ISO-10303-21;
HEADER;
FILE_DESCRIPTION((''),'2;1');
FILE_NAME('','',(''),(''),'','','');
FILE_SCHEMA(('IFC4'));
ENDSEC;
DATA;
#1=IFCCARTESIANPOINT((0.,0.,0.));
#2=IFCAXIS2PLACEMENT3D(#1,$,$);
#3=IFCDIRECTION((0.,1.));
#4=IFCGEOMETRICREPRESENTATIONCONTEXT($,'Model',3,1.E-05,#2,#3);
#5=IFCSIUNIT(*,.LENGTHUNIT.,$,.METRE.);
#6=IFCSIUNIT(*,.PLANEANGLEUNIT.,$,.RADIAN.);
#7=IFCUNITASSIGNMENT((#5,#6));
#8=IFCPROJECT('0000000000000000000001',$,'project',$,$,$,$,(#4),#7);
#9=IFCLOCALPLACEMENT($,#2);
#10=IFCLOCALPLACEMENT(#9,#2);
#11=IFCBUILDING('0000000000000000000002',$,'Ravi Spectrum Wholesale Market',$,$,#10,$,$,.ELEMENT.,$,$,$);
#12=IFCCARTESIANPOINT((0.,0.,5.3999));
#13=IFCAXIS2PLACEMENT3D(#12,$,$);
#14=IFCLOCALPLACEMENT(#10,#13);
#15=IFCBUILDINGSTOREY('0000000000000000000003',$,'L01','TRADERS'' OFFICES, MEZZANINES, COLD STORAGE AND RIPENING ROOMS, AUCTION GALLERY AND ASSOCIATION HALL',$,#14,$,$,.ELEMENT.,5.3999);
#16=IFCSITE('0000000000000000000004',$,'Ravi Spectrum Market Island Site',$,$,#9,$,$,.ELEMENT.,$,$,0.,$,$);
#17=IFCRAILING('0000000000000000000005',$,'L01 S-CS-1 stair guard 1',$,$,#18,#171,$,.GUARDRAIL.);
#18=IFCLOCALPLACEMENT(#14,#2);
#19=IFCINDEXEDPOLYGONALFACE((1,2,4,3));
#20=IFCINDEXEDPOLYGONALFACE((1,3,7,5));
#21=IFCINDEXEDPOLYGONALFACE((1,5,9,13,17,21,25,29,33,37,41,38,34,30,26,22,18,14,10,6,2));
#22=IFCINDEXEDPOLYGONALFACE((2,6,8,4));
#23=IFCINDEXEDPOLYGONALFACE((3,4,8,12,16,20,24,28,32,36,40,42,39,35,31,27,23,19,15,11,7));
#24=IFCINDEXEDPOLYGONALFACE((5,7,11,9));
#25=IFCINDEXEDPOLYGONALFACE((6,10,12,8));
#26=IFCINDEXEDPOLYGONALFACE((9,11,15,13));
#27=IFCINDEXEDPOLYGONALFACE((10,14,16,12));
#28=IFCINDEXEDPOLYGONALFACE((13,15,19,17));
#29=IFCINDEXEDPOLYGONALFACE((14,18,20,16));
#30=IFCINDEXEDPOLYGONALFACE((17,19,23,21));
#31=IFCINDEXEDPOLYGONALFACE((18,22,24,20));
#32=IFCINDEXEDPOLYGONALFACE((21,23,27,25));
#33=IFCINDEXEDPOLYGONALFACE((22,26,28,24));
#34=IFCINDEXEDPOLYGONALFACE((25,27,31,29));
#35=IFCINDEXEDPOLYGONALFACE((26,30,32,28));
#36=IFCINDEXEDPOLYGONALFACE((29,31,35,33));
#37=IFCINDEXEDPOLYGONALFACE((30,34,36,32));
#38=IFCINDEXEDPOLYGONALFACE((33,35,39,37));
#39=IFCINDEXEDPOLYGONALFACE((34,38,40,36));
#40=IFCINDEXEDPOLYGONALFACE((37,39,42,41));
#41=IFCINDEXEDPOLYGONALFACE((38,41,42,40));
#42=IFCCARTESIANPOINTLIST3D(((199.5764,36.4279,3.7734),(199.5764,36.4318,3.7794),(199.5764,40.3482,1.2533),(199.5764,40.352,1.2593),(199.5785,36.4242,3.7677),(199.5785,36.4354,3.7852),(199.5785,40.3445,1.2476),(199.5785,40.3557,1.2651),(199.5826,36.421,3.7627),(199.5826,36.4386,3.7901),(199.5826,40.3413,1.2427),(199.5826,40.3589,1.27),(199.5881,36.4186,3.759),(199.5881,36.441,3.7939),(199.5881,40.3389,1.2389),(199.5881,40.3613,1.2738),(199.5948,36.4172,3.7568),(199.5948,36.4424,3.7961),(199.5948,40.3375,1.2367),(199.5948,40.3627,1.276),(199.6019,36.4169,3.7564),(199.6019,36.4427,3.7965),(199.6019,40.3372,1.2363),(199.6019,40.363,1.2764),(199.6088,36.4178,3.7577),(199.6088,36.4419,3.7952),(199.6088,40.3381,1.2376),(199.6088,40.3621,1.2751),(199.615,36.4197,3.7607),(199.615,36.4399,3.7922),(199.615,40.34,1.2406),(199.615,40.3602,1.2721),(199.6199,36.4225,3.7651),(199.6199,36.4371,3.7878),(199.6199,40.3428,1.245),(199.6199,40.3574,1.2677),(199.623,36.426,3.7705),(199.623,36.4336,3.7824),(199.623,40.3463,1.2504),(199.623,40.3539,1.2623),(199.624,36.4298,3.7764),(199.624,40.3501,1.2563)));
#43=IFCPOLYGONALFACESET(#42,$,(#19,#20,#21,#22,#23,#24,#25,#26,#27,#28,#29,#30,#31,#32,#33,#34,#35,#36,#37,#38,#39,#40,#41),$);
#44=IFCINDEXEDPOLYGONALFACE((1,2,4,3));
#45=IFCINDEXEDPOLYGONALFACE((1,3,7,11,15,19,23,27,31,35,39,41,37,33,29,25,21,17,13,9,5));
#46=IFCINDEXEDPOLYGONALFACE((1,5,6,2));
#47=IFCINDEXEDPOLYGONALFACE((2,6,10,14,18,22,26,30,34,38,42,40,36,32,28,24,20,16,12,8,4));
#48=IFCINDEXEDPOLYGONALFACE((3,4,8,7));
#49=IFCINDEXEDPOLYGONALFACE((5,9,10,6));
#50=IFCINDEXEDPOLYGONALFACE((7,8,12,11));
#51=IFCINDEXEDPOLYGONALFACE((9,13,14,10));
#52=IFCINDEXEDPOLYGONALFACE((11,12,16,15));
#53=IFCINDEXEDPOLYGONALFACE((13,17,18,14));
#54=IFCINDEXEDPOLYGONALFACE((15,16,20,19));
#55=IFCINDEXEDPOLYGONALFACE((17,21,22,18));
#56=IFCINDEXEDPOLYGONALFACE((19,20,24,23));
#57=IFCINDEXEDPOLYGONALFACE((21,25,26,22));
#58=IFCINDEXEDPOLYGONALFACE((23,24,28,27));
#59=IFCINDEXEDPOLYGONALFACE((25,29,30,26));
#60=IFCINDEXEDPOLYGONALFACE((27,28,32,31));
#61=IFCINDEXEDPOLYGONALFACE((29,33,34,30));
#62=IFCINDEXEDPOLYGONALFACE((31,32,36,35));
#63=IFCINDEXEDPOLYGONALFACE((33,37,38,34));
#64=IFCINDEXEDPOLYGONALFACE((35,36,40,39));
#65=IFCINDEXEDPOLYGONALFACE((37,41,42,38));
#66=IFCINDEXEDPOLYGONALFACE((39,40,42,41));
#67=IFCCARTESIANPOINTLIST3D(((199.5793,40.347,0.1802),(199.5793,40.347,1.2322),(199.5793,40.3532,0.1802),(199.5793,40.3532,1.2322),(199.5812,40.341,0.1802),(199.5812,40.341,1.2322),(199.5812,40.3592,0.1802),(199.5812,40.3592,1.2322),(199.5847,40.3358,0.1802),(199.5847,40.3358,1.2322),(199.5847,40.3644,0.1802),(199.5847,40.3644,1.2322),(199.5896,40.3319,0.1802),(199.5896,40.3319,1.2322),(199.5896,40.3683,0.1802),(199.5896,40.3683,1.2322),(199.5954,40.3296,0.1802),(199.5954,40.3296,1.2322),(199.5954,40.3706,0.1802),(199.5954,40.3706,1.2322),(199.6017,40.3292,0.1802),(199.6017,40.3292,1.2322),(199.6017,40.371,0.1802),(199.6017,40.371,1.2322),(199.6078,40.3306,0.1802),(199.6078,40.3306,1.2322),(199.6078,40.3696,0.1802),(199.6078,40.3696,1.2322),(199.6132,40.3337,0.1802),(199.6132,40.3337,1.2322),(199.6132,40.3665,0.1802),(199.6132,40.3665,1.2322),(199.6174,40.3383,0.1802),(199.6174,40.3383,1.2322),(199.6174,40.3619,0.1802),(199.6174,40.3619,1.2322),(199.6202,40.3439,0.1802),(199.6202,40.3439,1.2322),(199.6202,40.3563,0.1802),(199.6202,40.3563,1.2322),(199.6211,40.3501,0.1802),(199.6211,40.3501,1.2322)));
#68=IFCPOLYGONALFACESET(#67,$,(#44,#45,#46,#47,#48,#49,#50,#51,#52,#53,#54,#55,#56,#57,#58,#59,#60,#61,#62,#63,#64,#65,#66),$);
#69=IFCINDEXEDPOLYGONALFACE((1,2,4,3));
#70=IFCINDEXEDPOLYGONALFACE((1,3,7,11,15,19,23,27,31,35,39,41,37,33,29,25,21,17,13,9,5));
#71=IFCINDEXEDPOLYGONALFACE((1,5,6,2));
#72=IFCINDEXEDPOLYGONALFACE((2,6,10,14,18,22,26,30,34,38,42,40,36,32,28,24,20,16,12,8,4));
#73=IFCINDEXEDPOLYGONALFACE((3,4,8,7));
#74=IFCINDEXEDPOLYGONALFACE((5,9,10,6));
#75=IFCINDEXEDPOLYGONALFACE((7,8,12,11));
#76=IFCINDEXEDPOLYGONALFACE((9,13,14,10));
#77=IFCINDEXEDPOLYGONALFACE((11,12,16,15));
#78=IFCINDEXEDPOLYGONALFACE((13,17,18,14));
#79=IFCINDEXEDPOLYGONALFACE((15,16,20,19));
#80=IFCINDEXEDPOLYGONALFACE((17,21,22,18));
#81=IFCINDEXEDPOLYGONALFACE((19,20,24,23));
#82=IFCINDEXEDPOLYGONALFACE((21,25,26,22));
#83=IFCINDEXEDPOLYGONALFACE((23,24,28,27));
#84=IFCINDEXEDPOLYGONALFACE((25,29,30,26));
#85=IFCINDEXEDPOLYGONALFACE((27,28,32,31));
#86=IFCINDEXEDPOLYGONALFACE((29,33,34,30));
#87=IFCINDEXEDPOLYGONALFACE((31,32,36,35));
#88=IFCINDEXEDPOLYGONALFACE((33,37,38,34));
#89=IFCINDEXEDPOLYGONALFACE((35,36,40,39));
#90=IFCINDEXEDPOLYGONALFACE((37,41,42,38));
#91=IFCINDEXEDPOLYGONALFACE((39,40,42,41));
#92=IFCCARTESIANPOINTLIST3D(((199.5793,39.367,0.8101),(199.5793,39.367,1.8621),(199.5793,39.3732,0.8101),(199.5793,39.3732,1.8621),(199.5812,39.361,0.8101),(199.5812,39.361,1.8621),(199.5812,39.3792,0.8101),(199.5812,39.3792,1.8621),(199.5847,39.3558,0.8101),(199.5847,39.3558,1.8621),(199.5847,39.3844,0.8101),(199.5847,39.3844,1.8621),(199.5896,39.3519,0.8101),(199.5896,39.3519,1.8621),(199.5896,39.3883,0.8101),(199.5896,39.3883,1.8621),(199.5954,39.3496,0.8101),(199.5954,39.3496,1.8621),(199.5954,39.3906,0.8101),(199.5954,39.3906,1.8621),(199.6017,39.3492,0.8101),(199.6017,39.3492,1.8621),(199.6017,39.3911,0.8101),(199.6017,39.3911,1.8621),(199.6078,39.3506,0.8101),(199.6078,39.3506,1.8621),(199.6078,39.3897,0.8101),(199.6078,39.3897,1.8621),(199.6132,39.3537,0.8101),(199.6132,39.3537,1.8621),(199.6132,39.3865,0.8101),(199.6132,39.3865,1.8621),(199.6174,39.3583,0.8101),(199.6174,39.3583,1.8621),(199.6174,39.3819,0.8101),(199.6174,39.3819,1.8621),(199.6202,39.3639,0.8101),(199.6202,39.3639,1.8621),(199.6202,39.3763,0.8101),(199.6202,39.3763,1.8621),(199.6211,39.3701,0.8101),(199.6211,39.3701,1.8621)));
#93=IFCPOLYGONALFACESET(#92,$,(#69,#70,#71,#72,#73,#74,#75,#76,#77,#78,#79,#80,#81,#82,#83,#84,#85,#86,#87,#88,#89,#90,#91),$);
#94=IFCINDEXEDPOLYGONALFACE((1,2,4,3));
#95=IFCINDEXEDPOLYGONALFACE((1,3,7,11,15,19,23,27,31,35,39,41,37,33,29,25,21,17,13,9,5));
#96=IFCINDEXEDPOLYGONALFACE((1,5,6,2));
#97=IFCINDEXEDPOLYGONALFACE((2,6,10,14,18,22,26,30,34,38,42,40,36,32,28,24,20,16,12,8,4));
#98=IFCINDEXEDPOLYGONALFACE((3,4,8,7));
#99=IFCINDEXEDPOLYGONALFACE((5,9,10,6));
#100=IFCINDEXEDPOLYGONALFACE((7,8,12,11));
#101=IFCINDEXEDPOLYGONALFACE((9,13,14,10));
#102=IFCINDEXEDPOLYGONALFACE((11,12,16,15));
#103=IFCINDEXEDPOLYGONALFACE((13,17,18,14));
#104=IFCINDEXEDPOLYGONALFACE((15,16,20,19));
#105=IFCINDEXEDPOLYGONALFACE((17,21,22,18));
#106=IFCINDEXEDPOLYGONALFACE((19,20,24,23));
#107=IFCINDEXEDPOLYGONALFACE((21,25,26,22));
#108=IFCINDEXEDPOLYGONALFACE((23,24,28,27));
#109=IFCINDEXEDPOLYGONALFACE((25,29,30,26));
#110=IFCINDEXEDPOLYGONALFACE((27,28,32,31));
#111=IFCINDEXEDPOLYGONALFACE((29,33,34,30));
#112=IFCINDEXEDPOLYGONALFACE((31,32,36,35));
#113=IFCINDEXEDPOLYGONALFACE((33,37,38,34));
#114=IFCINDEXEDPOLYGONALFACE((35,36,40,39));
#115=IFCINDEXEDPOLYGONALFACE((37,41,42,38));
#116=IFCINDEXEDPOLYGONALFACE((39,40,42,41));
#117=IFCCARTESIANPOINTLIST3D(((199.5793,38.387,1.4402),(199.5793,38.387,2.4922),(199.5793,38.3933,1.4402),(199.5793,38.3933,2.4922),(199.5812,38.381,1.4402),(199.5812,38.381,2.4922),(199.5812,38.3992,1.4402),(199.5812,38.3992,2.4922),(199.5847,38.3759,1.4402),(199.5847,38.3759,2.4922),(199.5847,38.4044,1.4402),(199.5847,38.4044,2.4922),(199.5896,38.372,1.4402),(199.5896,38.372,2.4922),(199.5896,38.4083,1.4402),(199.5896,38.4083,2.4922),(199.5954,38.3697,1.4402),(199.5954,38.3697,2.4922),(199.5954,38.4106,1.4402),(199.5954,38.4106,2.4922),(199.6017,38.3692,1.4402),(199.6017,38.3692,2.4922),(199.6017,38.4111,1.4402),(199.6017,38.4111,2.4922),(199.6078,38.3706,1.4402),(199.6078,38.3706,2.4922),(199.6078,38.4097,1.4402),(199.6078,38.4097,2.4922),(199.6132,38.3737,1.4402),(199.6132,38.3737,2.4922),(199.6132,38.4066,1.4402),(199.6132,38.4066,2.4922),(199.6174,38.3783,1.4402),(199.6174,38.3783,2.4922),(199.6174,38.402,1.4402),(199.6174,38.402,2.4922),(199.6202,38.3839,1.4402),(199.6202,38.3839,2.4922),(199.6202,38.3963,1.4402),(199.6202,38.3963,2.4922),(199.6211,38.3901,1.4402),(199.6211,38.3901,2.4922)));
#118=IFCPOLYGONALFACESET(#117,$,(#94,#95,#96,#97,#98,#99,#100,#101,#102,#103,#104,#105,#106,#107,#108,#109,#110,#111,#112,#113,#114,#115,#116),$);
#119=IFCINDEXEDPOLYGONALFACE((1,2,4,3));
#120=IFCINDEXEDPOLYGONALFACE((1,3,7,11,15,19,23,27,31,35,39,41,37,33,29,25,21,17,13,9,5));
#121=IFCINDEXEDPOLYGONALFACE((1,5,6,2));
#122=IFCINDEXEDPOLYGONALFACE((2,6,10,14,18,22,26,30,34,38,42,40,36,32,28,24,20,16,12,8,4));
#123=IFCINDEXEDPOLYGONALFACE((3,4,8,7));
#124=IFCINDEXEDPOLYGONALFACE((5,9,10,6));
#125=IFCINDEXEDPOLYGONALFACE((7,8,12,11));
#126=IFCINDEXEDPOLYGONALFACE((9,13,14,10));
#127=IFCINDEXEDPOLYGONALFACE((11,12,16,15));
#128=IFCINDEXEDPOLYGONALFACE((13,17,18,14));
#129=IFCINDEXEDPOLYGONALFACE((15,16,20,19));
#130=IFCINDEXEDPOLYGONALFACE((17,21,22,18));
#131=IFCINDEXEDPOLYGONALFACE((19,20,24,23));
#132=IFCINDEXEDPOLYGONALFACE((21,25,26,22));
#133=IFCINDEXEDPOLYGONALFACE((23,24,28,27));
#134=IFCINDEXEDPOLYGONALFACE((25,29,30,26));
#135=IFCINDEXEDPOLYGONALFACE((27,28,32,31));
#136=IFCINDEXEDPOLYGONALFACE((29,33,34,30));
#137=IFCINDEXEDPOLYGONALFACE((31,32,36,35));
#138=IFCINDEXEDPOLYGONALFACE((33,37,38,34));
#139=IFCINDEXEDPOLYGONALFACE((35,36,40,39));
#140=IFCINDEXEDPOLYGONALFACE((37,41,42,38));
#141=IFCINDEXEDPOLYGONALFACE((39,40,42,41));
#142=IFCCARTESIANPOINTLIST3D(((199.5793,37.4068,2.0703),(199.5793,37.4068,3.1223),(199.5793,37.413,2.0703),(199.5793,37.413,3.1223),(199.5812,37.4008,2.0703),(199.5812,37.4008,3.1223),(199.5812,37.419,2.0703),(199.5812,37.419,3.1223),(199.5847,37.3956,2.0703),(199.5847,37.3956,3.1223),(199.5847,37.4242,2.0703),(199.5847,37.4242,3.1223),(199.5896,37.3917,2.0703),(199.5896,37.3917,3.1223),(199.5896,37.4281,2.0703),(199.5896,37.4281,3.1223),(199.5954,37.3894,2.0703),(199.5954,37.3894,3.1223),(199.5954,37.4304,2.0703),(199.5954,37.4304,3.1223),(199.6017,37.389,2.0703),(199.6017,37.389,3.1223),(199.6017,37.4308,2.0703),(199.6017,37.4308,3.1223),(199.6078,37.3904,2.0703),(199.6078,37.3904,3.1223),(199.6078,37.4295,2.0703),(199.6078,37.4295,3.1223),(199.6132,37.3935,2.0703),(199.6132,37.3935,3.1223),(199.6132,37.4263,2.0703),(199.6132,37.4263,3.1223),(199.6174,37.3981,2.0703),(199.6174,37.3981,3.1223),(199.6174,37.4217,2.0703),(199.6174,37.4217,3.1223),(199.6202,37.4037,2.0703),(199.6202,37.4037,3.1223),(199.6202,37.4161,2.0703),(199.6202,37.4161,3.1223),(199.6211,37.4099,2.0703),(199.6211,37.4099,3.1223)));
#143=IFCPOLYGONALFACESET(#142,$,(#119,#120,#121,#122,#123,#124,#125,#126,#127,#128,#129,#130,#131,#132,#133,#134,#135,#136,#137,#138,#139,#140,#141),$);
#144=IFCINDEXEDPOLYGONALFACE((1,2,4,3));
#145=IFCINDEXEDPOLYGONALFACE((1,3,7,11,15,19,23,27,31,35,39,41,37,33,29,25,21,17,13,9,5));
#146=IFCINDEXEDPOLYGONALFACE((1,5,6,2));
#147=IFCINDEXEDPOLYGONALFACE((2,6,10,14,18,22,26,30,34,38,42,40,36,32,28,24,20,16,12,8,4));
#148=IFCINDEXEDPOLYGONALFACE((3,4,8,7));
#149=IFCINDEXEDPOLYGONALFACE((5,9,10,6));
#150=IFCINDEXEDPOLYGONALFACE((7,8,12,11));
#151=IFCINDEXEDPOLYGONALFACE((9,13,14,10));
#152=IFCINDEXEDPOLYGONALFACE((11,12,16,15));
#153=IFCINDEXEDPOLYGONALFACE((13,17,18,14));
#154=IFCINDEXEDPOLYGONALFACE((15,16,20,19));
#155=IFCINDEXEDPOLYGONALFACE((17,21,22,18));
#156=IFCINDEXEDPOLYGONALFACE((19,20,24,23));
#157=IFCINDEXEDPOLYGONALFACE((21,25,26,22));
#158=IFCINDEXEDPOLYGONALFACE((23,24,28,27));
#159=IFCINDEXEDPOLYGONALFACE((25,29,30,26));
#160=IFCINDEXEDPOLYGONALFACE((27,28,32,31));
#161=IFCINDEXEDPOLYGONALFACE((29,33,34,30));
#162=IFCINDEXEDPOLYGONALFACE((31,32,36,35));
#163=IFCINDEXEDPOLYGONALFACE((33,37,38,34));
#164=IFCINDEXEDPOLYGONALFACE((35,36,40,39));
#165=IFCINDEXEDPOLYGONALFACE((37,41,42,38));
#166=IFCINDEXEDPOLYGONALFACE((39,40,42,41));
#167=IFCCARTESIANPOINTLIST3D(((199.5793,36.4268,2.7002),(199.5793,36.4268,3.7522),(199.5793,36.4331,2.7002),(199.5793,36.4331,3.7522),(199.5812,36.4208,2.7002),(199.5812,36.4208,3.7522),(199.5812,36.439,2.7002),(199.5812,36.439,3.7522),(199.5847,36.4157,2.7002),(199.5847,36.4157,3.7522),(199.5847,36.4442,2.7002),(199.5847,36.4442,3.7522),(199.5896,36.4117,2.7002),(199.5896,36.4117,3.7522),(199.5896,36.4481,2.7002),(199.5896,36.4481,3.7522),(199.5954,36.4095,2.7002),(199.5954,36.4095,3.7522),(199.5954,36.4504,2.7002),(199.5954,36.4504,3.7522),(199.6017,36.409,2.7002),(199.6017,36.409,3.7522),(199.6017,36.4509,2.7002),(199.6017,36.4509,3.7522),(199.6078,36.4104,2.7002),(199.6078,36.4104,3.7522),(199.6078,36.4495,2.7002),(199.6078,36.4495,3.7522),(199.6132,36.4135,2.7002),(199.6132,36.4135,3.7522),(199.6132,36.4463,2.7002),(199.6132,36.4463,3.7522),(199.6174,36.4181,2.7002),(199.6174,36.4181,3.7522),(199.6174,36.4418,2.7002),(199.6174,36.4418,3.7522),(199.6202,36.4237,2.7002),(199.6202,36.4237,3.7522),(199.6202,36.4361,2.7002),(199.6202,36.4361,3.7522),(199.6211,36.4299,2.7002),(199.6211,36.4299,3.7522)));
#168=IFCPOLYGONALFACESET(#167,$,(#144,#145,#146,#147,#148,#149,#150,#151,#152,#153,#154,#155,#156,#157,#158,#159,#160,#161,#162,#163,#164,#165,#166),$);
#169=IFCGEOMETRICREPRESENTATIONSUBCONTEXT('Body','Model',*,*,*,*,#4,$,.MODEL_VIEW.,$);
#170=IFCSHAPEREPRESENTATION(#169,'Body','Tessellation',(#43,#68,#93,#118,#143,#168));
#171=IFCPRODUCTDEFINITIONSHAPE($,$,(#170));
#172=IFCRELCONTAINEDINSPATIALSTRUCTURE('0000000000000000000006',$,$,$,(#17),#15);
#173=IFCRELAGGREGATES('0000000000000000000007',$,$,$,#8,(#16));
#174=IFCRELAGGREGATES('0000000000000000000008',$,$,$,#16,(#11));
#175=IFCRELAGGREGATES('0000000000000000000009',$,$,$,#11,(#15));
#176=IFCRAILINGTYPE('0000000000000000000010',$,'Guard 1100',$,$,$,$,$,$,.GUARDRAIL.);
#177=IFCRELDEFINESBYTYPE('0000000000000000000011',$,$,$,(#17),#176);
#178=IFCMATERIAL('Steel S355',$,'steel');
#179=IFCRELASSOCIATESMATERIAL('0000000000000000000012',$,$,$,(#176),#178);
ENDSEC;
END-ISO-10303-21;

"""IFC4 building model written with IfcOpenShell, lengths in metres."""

from ifc_helpers import new_model, si_unit, direction, frame, origin, origin_2d, place, context, subcontext, project, spatial, circle, extrude, material, type_object, element, save


model = new_model("IFC4")

# Units and contexts
model_context = context("Model", 3, precision=1e-05, world=origin(), true_north=direction((0.0, 1.0)))
body_context = subcontext(model_context, "Body", "Model", "MODEL_VIEW")
ifc_project = project(units=[si_unit("LENGTHUNIT", "METRE"), si_unit("PLANEANGLEUNIT", "RADIAN")], contexts=[model_context])

# Site, building, storey
site_placement = place(None, origin())
site = spatial("IfcSite", under=ifc_project, at=site_placement, Name="Ravi Spectrum Market Island Site", CompositionType="ELEMENT", RefElevation=0.0)
building_placement = place(site_placement, origin())
building = spatial("IfcBuilding", under=site, at=building_placement, Name="Ravi Spectrum Wholesale Market", CompositionType="ELEMENT")
storey_placement = place(building_placement, frame((0.0, 0.0, 5.3999)))
storey = spatial("IfcBuildingStorey", under=building, at=storey_placement, Name="L01", Description="TRADERS' OFFICES, MEZZANINES, COLD STORAGE AND RIPENING ROOMS, AUCTION GALLERY AND ASSOCIATION HALL", CompositionType="ELEMENT", Elevation=5.3999)

# Railing
ifc_material_1 = material(Name="Steel S355", Category="steel")
railing_type_1 = type_object("IfcRailingType", Name="Guard 1100", PredefinedType="GUARDRAIL", material=ifc_material_1)
railing_1_placement = place(storey_placement, frame((199.6001, 40.3501, 0.1802)))
element("IfcRailing", 1, at=railing_1_placement, inside=storey, type_object=railing_type_1, Name="L01 S-CS-1 stair guard 1", PredefinedType="GUARDRAIL", context=body_context, shape_type="SweptSolid", body=[
    extrude(circle(Radius=0.0239, at=origin_2d()), frame((0.0, 0.0, 1.0762), z_axis=(0.0, -0.841187, 0.540744), x_axis=(1.0, 0.0, 0.0)), (0.0, 0.0, 1.0), 4.6604),
    extrude(circle(Radius=0.021, at=origin_2d()), origin(), (0.0, 0.0, 1.0), 1.052),
    extrude(circle(Radius=0.021, at=origin_2d()), frame((0.0, -0.98, 0.6299)), (0.0, 0.0, 1.0), 1.052),
    extrude(circle(Radius=0.021, at=origin_2d()), frame((0.0, -1.96, 1.26)), (0.0, 0.0, 1.0), 1.052),
    extrude(circle(Radius=0.021, at=origin_2d()), frame((0.0, -2.9402, 1.8901)), (0.0, 0.0, 1.0), 1.052),
    extrude(circle(Radius=0.021, at=origin_2d()), frame((0.0, -3.9202, 2.52)), (0.0, 0.0, 1.0), 1.052),
])

save(model, "model.ifc")
